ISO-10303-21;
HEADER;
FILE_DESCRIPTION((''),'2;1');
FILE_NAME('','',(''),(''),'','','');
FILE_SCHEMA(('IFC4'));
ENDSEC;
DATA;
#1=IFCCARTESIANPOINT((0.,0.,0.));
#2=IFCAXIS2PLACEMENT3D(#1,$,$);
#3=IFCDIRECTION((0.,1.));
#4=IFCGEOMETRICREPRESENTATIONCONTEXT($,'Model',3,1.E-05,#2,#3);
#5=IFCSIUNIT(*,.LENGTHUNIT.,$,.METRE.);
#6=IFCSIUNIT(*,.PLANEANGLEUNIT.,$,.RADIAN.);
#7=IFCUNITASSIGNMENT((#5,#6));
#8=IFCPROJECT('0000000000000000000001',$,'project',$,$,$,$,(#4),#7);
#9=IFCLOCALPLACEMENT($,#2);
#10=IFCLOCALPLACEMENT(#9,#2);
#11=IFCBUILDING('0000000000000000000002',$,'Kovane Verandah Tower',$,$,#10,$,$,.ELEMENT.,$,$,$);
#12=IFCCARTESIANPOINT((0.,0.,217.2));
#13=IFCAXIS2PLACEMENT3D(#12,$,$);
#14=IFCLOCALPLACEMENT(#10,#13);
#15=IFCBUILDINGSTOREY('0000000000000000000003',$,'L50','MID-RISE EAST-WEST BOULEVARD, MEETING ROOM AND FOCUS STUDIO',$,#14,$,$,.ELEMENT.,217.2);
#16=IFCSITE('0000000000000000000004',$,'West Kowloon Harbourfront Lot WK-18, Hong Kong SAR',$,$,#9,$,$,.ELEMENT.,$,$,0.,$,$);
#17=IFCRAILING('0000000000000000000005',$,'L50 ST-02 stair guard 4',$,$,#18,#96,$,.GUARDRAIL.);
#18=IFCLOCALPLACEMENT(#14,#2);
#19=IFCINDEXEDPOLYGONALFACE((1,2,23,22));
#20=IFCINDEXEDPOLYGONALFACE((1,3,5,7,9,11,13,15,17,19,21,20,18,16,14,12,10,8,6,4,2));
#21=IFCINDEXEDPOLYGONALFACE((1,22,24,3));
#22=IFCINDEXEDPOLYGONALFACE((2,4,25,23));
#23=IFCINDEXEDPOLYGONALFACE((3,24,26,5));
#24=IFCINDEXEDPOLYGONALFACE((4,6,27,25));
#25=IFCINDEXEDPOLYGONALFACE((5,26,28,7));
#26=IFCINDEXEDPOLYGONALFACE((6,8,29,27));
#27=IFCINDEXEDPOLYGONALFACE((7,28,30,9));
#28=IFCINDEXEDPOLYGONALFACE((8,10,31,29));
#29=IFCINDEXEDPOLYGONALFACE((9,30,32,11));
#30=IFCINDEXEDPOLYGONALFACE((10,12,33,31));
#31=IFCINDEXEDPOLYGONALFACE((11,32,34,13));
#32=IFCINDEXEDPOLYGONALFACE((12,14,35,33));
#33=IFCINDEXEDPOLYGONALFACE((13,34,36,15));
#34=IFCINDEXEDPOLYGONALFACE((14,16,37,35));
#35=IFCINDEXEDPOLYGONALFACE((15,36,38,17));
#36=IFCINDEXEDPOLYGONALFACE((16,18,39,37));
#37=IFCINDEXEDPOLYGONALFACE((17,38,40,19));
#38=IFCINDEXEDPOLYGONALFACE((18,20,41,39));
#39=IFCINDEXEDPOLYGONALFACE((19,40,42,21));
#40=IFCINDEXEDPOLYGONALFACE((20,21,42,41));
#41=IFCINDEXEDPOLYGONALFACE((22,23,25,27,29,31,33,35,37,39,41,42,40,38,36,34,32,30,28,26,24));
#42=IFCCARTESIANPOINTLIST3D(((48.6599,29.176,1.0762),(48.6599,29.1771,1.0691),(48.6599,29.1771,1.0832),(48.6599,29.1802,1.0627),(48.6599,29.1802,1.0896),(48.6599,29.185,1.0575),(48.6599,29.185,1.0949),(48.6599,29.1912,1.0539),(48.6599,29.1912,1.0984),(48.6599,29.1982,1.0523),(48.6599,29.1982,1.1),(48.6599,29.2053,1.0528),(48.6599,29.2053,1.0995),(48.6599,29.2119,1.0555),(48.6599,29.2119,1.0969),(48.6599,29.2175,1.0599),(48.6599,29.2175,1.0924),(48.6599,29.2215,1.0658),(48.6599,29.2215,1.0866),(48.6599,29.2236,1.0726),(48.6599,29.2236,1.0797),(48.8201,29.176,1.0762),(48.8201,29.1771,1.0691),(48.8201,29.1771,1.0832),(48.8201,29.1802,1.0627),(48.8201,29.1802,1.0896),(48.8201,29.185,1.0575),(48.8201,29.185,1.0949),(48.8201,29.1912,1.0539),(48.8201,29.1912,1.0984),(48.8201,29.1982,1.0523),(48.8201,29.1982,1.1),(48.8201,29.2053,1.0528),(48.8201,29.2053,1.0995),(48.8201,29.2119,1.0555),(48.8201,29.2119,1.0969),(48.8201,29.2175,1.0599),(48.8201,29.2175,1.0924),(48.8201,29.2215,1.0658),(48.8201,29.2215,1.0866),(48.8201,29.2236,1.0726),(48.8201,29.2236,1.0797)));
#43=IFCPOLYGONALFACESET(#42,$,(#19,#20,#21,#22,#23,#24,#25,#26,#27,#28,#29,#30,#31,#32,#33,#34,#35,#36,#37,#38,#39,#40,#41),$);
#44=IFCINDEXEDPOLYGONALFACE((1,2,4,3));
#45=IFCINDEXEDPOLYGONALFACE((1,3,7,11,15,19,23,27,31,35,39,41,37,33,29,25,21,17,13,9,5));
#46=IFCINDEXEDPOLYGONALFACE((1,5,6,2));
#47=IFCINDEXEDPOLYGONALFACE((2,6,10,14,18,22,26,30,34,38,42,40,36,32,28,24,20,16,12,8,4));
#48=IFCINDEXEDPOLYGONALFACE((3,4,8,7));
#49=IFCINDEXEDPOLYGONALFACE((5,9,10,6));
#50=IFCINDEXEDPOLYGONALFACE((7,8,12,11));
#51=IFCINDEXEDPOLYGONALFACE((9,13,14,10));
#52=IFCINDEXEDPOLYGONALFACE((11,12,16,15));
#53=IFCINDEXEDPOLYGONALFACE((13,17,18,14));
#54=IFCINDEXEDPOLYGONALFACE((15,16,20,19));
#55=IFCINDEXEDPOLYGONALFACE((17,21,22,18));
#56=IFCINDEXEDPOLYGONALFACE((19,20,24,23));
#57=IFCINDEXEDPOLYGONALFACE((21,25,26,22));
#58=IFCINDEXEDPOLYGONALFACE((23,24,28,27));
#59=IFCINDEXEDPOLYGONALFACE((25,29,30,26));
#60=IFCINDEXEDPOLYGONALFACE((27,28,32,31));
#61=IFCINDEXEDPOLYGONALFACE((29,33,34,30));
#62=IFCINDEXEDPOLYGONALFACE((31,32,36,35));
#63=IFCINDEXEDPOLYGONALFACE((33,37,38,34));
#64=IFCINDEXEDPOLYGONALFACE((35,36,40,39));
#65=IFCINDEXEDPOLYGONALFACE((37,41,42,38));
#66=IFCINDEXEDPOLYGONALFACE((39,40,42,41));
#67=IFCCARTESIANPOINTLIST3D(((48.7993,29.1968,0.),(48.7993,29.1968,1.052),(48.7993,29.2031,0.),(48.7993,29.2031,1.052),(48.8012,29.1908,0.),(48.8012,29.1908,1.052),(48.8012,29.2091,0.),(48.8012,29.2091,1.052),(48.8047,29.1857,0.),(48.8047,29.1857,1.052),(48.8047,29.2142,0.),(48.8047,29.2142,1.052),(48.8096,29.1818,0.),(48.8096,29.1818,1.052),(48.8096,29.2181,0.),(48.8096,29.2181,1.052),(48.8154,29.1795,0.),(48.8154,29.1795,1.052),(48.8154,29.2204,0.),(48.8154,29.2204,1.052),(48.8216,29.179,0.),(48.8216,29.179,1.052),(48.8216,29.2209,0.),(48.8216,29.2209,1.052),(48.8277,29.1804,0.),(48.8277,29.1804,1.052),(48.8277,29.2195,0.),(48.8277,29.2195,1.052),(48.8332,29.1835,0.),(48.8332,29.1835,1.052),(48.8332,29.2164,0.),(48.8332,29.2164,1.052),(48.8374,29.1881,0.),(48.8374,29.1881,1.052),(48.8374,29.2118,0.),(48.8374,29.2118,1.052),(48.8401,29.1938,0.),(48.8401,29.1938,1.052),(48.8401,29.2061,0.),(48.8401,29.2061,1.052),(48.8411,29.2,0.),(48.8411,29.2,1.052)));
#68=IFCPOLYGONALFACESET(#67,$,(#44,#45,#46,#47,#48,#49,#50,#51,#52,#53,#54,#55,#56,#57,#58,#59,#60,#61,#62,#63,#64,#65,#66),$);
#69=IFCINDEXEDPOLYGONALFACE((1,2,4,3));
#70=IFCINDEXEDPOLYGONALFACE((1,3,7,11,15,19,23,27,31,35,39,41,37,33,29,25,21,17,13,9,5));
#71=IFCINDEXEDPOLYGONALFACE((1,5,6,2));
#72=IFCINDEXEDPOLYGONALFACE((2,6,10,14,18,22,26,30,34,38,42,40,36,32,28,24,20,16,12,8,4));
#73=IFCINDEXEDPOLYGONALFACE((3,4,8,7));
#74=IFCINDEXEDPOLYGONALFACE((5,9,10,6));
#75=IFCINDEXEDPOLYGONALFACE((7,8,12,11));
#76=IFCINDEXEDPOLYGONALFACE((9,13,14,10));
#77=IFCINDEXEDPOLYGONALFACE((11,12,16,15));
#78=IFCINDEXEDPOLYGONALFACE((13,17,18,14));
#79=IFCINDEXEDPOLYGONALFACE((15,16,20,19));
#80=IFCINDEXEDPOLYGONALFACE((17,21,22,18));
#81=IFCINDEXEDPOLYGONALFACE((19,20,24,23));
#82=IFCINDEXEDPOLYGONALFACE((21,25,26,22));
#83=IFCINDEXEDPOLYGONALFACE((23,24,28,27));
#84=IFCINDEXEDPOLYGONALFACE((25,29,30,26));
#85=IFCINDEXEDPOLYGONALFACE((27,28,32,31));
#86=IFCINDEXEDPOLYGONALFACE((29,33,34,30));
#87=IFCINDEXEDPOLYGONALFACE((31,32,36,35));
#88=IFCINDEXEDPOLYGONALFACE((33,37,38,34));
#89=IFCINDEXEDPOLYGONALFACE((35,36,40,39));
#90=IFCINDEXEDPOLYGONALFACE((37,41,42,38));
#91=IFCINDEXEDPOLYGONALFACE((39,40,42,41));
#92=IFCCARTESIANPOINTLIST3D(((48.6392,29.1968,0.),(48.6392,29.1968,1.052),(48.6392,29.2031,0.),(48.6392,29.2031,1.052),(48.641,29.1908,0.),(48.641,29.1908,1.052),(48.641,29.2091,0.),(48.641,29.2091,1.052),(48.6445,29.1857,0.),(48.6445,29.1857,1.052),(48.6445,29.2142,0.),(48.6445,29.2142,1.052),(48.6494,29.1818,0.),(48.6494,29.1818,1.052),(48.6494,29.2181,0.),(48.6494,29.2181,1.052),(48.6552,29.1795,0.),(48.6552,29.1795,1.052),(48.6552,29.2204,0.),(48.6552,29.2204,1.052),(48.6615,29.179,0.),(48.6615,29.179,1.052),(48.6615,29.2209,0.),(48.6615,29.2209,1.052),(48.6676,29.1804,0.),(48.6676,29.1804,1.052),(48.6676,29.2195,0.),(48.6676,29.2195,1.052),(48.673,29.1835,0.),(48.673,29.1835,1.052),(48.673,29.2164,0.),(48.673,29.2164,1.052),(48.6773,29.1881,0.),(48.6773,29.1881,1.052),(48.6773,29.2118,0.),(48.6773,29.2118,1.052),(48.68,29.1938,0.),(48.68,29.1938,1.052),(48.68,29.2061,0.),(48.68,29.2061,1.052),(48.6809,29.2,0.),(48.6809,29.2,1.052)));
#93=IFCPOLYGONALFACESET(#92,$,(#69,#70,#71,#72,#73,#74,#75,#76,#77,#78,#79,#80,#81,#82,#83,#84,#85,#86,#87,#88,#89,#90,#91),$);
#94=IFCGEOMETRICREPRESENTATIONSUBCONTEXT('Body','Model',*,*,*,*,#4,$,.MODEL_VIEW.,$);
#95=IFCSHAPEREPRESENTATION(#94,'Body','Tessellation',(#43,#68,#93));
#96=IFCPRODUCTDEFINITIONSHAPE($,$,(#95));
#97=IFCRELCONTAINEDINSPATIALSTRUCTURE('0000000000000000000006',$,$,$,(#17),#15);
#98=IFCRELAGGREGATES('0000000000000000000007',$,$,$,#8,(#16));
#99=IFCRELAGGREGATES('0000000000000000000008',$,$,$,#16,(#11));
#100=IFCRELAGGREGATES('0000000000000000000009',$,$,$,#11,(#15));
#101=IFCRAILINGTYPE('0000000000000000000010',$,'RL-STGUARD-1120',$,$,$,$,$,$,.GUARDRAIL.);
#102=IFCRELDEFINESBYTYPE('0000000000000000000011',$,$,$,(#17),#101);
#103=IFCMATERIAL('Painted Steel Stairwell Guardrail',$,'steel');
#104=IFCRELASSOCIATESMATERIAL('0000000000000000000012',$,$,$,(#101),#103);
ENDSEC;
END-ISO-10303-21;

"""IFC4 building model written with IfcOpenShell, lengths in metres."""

from ifc_helpers import new_model, si_unit, direction, frame, origin, origin_2d, place, context, subcontext, project, spatial, circle, extrude, material, type_object, element, save


model = new_model("IFC4")

# Units and contexts
model_context = context("Model", 3, precision=1e-05, world=origin(), true_north=direction((0.0, 1.0)))
body_context = subcontext(model_context, "Body", "Model", "MODEL_VIEW")
ifc_project = project(units=[si_unit("LENGTHUNIT", "METRE"), si_unit("PLANEANGLEUNIT", "RADIAN")], contexts=[model_context])

# Site, building, storey
site_placement = place(None, origin())
site = spatial("IfcSite", under=ifc_project, at=site_placement, Name="West Kowloon Harbourfront Lot WK-18, Hong Kong SAR", CompositionType="ELEMENT", RefElevation=0.0)
building_placement = place(site_placement, origin())
building = spatial("IfcBuilding", under=site, at=building_placement, Name="Kovane Verandah Tower", CompositionType="ELEMENT")
storey_placement = place(building_placement, frame((0.0, 0.0, 217.2)))
storey = spatial("IfcBuildingStorey", under=building, at=storey_placement, Name="L50", Description="MID-RISE EAST-WEST BOULEVARD, MEETING ROOM AND FOCUS STUDIO", CompositionType="ELEMENT", Elevation=217.2)

# Railing
ifc_material_1 = material(Name="Painted Steel Stairwell Guardrail", Category="steel")
railing_type_1 = type_object("IfcRailingType", Name="RL-STGUARD-1120", PredefinedType="GUARDRAIL", material=ifc_material_1)
railing_1_placement = place(storey_placement, frame((48.8201, 29.2, 0.0)))
element("IfcRailing", 1, at=railing_1_placement, inside=storey, type_object=railing_type_1, Name="L50 ST-02 stair guard 4", PredefinedType="GUARDRAIL", context=body_context, shape_type="SweptSolid", body=[
    extrude(circle(Radius=0.0239, at=origin_2d()), frame((0.0, 0.0, 1.0762), z_axis=(-1.0, 0.0, 0.0), x_axis=(0.0, -1.0, 0.0)), (0.0, 0.0, 1.0), 0.1602),
    extrude(circle(Radius=0.021, at=origin_2d()), origin(), (0.0, 0.0, 1.0), 1.052),
    extrude(circle(Radius=0.021, at=origin_2d()), frame((-0.1602, 0.0, 0.0)), (0.0, 0.0, 1.0), 1.052),
])

save(model, "model.ifc")
